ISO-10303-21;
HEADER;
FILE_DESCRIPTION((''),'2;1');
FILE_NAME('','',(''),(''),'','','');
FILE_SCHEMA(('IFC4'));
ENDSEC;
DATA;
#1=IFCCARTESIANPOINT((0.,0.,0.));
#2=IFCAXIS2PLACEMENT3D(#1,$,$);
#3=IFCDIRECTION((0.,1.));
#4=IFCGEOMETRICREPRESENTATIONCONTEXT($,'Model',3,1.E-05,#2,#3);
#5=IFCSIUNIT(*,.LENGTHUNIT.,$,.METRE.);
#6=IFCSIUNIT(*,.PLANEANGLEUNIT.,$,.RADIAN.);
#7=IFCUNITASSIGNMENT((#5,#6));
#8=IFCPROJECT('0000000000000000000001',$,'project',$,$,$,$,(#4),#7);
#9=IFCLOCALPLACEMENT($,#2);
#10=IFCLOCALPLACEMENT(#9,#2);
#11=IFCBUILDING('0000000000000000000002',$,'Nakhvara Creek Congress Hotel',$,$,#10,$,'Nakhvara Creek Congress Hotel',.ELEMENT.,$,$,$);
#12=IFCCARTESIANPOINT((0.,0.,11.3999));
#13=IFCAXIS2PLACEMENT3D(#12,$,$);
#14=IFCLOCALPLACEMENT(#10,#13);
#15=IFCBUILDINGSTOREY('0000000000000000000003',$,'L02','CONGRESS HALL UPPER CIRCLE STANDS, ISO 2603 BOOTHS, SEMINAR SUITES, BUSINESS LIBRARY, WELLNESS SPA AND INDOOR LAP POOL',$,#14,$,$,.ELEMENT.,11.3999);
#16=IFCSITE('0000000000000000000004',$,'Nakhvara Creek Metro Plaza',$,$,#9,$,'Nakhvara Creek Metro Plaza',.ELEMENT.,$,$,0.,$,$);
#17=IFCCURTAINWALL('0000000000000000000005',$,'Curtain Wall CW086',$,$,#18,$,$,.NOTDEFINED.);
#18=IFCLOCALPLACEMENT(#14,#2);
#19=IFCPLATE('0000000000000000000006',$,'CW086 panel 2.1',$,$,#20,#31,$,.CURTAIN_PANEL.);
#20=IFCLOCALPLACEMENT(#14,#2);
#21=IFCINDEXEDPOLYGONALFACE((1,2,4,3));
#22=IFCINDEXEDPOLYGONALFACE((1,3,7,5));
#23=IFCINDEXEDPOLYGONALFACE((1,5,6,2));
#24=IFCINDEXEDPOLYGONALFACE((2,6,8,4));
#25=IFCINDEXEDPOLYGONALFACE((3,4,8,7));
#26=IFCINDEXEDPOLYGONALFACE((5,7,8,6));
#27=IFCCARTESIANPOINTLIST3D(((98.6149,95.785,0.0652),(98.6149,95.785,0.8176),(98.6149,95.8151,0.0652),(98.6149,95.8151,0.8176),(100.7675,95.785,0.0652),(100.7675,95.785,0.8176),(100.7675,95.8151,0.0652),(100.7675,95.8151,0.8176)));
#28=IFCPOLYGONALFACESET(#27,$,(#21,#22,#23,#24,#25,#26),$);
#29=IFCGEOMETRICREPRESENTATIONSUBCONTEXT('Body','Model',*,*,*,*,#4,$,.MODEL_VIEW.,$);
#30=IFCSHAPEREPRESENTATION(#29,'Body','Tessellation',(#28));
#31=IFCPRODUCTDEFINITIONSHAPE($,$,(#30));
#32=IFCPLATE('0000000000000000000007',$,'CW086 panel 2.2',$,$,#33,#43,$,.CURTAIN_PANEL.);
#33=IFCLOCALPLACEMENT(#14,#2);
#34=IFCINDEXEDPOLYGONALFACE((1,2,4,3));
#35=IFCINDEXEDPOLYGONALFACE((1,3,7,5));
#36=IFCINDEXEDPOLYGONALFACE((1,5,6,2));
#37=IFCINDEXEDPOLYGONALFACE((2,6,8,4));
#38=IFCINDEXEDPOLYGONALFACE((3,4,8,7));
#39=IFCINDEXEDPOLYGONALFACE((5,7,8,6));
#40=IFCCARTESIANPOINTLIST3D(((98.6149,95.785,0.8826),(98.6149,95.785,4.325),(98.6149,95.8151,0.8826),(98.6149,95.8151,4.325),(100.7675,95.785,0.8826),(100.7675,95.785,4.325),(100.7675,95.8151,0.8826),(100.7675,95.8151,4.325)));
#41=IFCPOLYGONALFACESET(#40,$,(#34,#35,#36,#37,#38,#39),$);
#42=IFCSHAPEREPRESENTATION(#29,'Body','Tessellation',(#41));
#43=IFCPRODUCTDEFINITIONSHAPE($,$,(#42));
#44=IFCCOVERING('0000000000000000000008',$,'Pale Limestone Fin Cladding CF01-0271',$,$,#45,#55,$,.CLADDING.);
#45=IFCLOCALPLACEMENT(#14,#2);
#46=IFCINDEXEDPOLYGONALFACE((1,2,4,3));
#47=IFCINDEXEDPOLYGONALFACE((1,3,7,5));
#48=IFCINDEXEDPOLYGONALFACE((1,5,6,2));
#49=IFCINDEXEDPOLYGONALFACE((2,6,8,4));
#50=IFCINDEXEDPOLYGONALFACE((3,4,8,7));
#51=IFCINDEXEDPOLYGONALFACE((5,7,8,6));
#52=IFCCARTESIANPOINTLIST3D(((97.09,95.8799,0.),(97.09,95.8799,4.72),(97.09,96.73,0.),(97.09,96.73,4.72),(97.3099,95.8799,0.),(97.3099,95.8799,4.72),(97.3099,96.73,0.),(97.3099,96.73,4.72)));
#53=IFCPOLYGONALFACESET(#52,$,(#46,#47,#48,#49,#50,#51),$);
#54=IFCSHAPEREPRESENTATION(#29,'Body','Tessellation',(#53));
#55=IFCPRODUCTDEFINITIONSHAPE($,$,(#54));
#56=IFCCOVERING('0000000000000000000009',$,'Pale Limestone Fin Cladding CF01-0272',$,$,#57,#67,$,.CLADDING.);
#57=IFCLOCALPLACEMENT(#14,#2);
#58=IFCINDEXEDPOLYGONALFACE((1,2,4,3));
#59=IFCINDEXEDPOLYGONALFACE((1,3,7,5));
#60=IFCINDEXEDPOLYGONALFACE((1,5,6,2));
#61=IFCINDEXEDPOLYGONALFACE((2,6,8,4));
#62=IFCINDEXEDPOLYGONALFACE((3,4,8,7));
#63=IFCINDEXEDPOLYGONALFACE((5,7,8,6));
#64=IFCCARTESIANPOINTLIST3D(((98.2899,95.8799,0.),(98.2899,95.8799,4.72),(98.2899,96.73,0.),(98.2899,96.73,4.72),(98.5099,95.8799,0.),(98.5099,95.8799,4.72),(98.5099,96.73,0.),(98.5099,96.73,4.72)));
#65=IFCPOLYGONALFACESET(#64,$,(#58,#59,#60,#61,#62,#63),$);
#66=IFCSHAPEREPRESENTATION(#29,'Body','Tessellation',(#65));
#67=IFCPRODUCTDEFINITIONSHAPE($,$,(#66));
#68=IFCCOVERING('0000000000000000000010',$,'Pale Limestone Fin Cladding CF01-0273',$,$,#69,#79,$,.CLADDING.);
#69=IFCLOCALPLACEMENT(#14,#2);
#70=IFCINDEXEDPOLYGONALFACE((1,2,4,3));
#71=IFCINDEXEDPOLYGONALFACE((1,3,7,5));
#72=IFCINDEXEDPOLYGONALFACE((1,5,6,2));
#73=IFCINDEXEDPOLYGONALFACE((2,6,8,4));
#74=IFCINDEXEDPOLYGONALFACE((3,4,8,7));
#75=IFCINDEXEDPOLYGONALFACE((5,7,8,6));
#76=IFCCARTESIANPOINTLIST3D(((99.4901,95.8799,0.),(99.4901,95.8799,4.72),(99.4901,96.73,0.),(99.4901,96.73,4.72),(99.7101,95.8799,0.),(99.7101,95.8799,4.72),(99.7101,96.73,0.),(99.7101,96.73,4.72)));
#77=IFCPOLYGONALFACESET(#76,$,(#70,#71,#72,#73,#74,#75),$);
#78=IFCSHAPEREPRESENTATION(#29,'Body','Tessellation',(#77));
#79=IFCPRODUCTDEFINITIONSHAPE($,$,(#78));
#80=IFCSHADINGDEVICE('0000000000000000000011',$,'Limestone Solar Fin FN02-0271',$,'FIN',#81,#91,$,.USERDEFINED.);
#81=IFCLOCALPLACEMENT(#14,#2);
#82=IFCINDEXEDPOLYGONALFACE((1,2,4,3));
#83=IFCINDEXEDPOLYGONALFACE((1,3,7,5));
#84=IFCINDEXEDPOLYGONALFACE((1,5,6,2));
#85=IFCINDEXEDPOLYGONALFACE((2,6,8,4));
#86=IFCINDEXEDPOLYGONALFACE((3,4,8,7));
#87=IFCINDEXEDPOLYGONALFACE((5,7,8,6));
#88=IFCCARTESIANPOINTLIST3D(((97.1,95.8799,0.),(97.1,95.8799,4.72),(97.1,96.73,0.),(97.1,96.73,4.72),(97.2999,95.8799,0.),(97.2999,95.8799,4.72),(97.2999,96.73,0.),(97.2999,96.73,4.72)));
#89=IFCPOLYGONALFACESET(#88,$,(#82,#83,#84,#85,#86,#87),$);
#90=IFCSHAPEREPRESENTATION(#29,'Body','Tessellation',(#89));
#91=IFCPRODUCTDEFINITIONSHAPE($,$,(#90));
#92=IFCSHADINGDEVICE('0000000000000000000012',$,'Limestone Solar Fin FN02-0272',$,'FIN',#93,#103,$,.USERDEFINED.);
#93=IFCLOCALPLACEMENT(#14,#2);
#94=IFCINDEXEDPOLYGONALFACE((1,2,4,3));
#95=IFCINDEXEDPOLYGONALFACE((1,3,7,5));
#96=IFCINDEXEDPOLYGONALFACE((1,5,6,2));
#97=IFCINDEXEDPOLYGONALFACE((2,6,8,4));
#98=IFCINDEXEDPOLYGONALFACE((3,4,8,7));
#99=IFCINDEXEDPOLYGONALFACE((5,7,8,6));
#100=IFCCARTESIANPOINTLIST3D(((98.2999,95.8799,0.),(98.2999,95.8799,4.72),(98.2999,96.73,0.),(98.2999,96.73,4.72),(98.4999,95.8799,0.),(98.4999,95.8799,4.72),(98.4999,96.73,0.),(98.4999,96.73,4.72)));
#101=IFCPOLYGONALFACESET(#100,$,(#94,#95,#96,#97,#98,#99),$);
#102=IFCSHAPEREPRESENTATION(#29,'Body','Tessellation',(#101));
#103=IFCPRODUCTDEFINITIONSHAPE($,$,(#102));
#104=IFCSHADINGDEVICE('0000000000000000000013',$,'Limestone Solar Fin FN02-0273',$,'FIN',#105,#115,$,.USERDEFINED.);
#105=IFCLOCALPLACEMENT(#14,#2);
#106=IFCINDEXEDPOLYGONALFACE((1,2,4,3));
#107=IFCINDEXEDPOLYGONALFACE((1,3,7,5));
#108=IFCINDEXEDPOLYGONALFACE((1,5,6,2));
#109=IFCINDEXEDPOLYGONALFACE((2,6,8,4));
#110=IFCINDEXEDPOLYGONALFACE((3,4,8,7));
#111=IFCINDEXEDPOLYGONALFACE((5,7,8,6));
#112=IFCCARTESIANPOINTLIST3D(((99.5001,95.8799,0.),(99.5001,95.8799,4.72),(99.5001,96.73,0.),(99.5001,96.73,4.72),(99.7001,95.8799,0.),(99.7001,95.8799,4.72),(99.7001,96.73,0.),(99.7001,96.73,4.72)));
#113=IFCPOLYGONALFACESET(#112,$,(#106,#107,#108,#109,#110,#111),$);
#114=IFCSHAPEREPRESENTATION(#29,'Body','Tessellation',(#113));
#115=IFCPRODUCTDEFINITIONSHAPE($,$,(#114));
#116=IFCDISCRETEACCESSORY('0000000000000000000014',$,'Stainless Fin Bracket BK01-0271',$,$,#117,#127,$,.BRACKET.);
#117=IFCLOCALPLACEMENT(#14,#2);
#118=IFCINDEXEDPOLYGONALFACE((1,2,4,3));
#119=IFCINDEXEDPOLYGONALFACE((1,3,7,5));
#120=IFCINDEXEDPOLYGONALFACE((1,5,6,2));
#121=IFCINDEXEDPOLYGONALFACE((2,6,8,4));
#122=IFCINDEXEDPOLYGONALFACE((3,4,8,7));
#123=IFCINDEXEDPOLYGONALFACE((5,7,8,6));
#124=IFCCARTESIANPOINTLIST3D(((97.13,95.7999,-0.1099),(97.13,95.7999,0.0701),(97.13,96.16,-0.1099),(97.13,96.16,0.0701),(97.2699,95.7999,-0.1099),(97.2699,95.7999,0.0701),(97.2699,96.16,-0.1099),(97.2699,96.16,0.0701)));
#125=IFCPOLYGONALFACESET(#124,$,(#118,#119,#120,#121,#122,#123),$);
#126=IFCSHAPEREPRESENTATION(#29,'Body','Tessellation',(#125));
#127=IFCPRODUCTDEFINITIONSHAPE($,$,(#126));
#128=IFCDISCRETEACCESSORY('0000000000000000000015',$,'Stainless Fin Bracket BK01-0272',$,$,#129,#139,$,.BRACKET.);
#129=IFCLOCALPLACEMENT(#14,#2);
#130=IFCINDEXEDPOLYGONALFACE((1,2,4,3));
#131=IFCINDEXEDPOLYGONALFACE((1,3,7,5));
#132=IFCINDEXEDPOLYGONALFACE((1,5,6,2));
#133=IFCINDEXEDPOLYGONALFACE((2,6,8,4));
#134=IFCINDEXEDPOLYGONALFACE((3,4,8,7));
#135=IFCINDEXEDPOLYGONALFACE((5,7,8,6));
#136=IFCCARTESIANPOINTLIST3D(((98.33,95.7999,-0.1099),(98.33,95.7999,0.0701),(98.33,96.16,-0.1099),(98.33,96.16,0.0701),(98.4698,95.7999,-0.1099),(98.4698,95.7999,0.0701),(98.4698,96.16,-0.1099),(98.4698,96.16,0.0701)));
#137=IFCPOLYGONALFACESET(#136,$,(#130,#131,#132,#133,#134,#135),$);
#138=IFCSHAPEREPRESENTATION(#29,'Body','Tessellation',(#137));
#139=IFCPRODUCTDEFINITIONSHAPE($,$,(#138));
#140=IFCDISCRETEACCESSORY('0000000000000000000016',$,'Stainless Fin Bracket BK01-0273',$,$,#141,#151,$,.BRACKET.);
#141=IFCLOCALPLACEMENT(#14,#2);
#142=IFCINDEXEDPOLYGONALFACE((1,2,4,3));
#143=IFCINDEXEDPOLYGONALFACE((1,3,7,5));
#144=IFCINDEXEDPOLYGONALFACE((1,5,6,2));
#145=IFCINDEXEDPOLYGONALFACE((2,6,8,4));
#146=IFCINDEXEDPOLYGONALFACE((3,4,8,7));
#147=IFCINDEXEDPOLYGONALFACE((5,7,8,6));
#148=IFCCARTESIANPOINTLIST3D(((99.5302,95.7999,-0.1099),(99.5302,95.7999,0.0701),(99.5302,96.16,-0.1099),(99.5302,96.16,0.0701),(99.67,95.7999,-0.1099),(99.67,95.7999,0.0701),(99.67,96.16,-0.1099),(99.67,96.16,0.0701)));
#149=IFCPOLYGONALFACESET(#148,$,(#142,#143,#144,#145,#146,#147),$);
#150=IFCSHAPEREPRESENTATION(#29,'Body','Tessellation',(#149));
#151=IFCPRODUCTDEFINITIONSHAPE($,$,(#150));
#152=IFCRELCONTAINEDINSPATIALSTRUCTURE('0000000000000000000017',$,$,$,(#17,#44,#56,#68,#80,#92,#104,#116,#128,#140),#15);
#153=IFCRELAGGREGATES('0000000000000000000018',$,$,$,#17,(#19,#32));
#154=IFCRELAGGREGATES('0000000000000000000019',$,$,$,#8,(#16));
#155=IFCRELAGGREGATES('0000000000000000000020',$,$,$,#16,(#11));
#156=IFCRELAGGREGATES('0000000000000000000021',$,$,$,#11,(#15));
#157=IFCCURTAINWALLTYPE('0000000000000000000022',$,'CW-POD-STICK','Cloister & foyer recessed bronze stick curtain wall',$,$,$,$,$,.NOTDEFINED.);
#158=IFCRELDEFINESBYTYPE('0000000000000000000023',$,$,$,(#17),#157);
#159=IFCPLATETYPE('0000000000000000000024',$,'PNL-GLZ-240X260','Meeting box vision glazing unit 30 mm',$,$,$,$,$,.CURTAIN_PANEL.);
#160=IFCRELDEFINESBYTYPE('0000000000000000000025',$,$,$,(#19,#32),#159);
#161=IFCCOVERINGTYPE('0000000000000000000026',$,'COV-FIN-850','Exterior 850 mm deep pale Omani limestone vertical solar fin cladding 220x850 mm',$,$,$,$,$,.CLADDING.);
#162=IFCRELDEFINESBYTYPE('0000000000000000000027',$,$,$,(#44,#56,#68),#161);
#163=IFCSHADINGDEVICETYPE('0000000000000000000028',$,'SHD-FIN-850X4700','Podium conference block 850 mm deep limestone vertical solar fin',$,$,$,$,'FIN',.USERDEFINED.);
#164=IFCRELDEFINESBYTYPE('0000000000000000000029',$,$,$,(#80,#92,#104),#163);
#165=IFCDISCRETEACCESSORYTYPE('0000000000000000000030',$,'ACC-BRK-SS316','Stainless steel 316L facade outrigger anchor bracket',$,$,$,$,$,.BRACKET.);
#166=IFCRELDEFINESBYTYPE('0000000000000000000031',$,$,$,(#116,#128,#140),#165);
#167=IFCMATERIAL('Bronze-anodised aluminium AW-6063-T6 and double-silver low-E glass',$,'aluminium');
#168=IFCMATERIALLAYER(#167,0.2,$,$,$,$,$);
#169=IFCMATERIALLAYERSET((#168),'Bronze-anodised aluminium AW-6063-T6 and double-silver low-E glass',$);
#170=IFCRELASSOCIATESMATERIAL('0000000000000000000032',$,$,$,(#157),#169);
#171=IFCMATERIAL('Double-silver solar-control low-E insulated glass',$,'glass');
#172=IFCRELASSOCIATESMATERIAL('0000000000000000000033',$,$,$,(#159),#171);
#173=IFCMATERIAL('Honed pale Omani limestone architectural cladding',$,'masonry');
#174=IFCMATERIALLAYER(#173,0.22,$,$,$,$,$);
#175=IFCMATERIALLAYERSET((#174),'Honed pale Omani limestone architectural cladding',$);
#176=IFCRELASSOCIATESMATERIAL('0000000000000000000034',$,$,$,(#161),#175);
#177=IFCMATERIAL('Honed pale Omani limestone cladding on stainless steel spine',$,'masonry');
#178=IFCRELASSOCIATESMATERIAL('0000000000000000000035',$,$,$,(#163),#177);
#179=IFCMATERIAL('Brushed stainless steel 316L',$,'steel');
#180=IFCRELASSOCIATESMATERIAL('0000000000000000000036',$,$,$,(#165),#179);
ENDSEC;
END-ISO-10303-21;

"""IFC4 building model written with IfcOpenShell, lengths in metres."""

from ifc_helpers import new_model, si_unit, direction, frame, origin, origin_2d, place, context, subcontext, project, spatial, rectangle, extrude, material, layer, layer_set, type_object, element, aggregate, save


model = new_model("IFC4")

# Units and contexts
model_context = context("Model", 3, precision=1e-05, world=origin(), true_north=direction((0.0, 1.0)))
body_context = subcontext(model_context, "Body", "Model", "MODEL_VIEW")
ifc_project = project(units=[si_unit("LENGTHUNIT", "METRE"), si_unit("PLANEANGLEUNIT", "RADIAN")], contexts=[model_context])

# Site, building, storey
site_placement = place(None, origin())
site = spatial("IfcSite", under=ifc_project, at=site_placement, Name="Nakhvara Creek Metro Plaza", LongName="Nakhvara Creek Metro Plaza", CompositionType="ELEMENT", RefElevation=0.0)
building_placement = place(site_placement, origin())
building = spatial("IfcBuilding", under=site, at=building_placement, Name="Nakhvara Creek Congress Hotel", LongName="Nakhvara Creek Congress Hotel", CompositionType="ELEMENT")
storey_placement = place(building_placement, frame((0.0, 0.0, 11.3999)))
storey = spatial("IfcBuildingStorey", under=building, at=storey_placement, Name="L02", Description="CONGRESS HALL UPPER CIRCLE STANDS, ISO 2603 BOOTHS, SEMINAR SUITES, BUSINESS LIBRARY, WELLNESS SPA AND INDOOR LAP POOL", CompositionType="ELEMENT", Elevation=11.3999)

# Curtain wall, plates
ifc_material_1 = material(Name="Bronze-anodised aluminium AW-6063-T6 and double-silver low-E glass", Category="aluminium")
ifc_layer_1 = layer(ifc_material_1, 0.2)
ifc_layer_set_1 = layer_set([ifc_layer_1], Name="Bronze-anodised aluminium AW-6063-T6 and double-silver low-E glass")
curtain_wall_type = type_object("IfcCurtainWallType", Name="CW-POD-STICK", Description="Cloister & foyer recessed bronze stick curtain wall", PredefinedType="NOTDEFINED", material=ifc_layer_set_1)
curtain_wall_placement = place(storey_placement, origin())
curtain_wall = element("IfcCurtainWall", 1, at=curtain_wall_placement, inside=storey, type_object=curtain_wall_type, Name="Curtain Wall CW086", PredefinedType="NOTDEFINED")
ifc_material_2 = material(Name="Double-silver solar-control low-E insulated glass", Category="glass")
plate_type = type_object("IfcPlateType", Name="PNL-GLZ-240X260", Description="Meeting box vision glazing unit 30 mm", PredefinedType="CURTAIN_PANEL", material=ifc_material_2)
plate_1_placement = place(storey_placement, frame((99.6912, 95.8, 0.0652), z_axis=(0.0, 0.0, 1.0), x_axis=(1.0, 0.0, 0.0)))
plate_1 = element("IfcPlate", 2, at=plate_1_placement, type_object=plate_type, Name="CW086 panel 2.1", PredefinedType="CURTAIN_PANEL", context=body_context, shape_type="SweptSolid", body=[
    extrude(rectangle(XDim=2.1526, YDim=0.03, at=origin_2d()), origin(), (0.0, 0.0, 1.0), 0.7524),
])
plate_2_placement = place(storey_placement, frame((99.6912, 95.8, 0.8826), z_axis=(0.0, 0.0, 1.0), x_axis=(1.0, 0.0, 0.0)))
plate_2 = element("IfcPlate", 3, at=plate_2_placement, type_object=plate_type, Name="CW086 panel 2.2", PredefinedType="CURTAIN_PANEL", context=body_context, shape_type="SweptSolid", body=[
    extrude(rectangle(XDim=2.1526, YDim=0.03, at=origin_2d()), origin(), (0.0, 0.0, 1.0), 3.4424),
])
aggregate(curtain_wall, [plate_1, plate_2])

# Coverings
ifc_material_3 = material(Name="Honed pale Omani limestone architectural cladding", Category="masonry")
ifc_layer_2 = layer(ifc_material_3, 0.22)
ifc_layer_set_2 = layer_set([ifc_layer_2], Name="Honed pale Omani limestone architectural cladding")
covering_type = type_object("IfcCoveringType", Name="COV-FIN-850", Description="Exterior 850 mm deep pale Omani limestone vertical solar fin cladding 220x850 mm", PredefinedType="CLADDING", material=ifc_layer_set_2)
for number, where, z_axis, x_axis, name in (
    (4, (97.2, 96.3049, 0.0), (0.0, 0.0, 1.0), (1.0, 0.0, 0.0), "Pale Limestone Fin Cladding CF01-0271"),
    (5, (98.3999, 96.3049, 0.0), (0.0, 0.0, 1.0), (1.0, 0.0, 0.0), "Pale Limestone Fin Cladding CF01-0272"),
    (6, (99.6001, 96.3049, 0.0), (0.0, 0.0, 1.0), (1.0, 0.0, 0.0), "Pale Limestone Fin Cladding CF01-0273"),
):
    element("IfcCovering", number, at=place(storey_placement, frame(where, z_axis=z_axis, x_axis=x_axis)), inside=storey, type_object=covering_type, Name=name, PredefinedType="CLADDING", context=body_context, shape_type="SweptSolid", body=[
        extrude(rectangle(XDim=0.22, YDim=0.8501, at=origin_2d()), origin(), (0.0, 0.0, 1.0), 4.72),
    ])

# Shared definitions
ifc_material_4 = material(Name="Brushed stainless steel 316L", Category="steel")

# Shading devices
ifc_material_5 = material(Name="Honed pale Omani limestone cladding on stainless steel spine", Category="masonry")
shading_device_type = type_object("IfcShadingDeviceType", Name="SHD-FIN-850X4700", Description="Podium conference block 850 mm deep limestone vertical solar fin", ElementType="FIN", PredefinedType="USERDEFINED", material=ifc_material_5)
for number, where, z_axis, x_axis, name in (
    (7, (97.2, 96.3049, 0.0), (0.0, 0.0, 1.0), (1.0, 0.0, 0.0), "Limestone Solar Fin FN02-0271"),
    (8, (98.3999, 96.3049, 0.0), (0.0, 0.0, 1.0), (1.0, 0.0, 0.0), "Limestone Solar Fin FN02-0272"),
    (9, (99.6001, 96.3049, 0.0), (0.0, 0.0, 1.0), (1.0, 0.0, 0.0), "Limestone Solar Fin FN02-0273"),
):
    element("IfcShadingDevice", number, at=place(storey_placement, frame(where, z_axis=z_axis, x_axis=x_axis)), inside=storey, type_object=shading_device_type, Name=name, ObjectType="FIN", PredefinedType="USERDEFINED", context=body_context, shape_type="SweptSolid", body=[
        extrude(rectangle(XDim=0.2, YDim=0.8501, at=origin_2d()), origin(), (0.0, 0.0, 1.0), 4.72),
    ])

# Discrete accessories
discrete_accessory_type = type_object("IfcDiscreteAccessoryType", Name="ACC-BRK-SS316", Description="Stainless steel 316L facade outrigger anchor bracket", PredefinedType="BRACKET", material=ifc_material_4)
for number, where, z_axis, x_axis, name in (
    (10, (97.2, 95.98, -0.1099), (0.0, 0.0, 1.0), (1.0, 0.0, 0.0), "Stainless Fin Bracket BK01-0271"),
    (11, (98.3999, 95.98, -0.1099), (0.0, 0.0, 1.0), (1.0, 0.0, 0.0), "Stainless Fin Bracket BK01-0272"),
    (12, (99.6001, 95.98, -0.1099), (0.0, 0.0, 1.0), (1.0, 0.0, 0.0), "Stainless Fin Bracket BK01-0273"),
):
    element("IfcDiscreteAccessory", number, at=place(storey_placement, frame(where, z_axis=z_axis, x_axis=x_axis)), inside=storey, type_object=discrete_accessory_type, Name=name, PredefinedType="BRACKET", context=body_context, shape_type="SweptSolid", body=[
        extrude(rectangle(XDim=0.1399, YDim=0.3601, at=origin_2d()), origin(), (0.0, 0.0, 1.0), 0.1799),
    ])

save(model, "model.ifc")
